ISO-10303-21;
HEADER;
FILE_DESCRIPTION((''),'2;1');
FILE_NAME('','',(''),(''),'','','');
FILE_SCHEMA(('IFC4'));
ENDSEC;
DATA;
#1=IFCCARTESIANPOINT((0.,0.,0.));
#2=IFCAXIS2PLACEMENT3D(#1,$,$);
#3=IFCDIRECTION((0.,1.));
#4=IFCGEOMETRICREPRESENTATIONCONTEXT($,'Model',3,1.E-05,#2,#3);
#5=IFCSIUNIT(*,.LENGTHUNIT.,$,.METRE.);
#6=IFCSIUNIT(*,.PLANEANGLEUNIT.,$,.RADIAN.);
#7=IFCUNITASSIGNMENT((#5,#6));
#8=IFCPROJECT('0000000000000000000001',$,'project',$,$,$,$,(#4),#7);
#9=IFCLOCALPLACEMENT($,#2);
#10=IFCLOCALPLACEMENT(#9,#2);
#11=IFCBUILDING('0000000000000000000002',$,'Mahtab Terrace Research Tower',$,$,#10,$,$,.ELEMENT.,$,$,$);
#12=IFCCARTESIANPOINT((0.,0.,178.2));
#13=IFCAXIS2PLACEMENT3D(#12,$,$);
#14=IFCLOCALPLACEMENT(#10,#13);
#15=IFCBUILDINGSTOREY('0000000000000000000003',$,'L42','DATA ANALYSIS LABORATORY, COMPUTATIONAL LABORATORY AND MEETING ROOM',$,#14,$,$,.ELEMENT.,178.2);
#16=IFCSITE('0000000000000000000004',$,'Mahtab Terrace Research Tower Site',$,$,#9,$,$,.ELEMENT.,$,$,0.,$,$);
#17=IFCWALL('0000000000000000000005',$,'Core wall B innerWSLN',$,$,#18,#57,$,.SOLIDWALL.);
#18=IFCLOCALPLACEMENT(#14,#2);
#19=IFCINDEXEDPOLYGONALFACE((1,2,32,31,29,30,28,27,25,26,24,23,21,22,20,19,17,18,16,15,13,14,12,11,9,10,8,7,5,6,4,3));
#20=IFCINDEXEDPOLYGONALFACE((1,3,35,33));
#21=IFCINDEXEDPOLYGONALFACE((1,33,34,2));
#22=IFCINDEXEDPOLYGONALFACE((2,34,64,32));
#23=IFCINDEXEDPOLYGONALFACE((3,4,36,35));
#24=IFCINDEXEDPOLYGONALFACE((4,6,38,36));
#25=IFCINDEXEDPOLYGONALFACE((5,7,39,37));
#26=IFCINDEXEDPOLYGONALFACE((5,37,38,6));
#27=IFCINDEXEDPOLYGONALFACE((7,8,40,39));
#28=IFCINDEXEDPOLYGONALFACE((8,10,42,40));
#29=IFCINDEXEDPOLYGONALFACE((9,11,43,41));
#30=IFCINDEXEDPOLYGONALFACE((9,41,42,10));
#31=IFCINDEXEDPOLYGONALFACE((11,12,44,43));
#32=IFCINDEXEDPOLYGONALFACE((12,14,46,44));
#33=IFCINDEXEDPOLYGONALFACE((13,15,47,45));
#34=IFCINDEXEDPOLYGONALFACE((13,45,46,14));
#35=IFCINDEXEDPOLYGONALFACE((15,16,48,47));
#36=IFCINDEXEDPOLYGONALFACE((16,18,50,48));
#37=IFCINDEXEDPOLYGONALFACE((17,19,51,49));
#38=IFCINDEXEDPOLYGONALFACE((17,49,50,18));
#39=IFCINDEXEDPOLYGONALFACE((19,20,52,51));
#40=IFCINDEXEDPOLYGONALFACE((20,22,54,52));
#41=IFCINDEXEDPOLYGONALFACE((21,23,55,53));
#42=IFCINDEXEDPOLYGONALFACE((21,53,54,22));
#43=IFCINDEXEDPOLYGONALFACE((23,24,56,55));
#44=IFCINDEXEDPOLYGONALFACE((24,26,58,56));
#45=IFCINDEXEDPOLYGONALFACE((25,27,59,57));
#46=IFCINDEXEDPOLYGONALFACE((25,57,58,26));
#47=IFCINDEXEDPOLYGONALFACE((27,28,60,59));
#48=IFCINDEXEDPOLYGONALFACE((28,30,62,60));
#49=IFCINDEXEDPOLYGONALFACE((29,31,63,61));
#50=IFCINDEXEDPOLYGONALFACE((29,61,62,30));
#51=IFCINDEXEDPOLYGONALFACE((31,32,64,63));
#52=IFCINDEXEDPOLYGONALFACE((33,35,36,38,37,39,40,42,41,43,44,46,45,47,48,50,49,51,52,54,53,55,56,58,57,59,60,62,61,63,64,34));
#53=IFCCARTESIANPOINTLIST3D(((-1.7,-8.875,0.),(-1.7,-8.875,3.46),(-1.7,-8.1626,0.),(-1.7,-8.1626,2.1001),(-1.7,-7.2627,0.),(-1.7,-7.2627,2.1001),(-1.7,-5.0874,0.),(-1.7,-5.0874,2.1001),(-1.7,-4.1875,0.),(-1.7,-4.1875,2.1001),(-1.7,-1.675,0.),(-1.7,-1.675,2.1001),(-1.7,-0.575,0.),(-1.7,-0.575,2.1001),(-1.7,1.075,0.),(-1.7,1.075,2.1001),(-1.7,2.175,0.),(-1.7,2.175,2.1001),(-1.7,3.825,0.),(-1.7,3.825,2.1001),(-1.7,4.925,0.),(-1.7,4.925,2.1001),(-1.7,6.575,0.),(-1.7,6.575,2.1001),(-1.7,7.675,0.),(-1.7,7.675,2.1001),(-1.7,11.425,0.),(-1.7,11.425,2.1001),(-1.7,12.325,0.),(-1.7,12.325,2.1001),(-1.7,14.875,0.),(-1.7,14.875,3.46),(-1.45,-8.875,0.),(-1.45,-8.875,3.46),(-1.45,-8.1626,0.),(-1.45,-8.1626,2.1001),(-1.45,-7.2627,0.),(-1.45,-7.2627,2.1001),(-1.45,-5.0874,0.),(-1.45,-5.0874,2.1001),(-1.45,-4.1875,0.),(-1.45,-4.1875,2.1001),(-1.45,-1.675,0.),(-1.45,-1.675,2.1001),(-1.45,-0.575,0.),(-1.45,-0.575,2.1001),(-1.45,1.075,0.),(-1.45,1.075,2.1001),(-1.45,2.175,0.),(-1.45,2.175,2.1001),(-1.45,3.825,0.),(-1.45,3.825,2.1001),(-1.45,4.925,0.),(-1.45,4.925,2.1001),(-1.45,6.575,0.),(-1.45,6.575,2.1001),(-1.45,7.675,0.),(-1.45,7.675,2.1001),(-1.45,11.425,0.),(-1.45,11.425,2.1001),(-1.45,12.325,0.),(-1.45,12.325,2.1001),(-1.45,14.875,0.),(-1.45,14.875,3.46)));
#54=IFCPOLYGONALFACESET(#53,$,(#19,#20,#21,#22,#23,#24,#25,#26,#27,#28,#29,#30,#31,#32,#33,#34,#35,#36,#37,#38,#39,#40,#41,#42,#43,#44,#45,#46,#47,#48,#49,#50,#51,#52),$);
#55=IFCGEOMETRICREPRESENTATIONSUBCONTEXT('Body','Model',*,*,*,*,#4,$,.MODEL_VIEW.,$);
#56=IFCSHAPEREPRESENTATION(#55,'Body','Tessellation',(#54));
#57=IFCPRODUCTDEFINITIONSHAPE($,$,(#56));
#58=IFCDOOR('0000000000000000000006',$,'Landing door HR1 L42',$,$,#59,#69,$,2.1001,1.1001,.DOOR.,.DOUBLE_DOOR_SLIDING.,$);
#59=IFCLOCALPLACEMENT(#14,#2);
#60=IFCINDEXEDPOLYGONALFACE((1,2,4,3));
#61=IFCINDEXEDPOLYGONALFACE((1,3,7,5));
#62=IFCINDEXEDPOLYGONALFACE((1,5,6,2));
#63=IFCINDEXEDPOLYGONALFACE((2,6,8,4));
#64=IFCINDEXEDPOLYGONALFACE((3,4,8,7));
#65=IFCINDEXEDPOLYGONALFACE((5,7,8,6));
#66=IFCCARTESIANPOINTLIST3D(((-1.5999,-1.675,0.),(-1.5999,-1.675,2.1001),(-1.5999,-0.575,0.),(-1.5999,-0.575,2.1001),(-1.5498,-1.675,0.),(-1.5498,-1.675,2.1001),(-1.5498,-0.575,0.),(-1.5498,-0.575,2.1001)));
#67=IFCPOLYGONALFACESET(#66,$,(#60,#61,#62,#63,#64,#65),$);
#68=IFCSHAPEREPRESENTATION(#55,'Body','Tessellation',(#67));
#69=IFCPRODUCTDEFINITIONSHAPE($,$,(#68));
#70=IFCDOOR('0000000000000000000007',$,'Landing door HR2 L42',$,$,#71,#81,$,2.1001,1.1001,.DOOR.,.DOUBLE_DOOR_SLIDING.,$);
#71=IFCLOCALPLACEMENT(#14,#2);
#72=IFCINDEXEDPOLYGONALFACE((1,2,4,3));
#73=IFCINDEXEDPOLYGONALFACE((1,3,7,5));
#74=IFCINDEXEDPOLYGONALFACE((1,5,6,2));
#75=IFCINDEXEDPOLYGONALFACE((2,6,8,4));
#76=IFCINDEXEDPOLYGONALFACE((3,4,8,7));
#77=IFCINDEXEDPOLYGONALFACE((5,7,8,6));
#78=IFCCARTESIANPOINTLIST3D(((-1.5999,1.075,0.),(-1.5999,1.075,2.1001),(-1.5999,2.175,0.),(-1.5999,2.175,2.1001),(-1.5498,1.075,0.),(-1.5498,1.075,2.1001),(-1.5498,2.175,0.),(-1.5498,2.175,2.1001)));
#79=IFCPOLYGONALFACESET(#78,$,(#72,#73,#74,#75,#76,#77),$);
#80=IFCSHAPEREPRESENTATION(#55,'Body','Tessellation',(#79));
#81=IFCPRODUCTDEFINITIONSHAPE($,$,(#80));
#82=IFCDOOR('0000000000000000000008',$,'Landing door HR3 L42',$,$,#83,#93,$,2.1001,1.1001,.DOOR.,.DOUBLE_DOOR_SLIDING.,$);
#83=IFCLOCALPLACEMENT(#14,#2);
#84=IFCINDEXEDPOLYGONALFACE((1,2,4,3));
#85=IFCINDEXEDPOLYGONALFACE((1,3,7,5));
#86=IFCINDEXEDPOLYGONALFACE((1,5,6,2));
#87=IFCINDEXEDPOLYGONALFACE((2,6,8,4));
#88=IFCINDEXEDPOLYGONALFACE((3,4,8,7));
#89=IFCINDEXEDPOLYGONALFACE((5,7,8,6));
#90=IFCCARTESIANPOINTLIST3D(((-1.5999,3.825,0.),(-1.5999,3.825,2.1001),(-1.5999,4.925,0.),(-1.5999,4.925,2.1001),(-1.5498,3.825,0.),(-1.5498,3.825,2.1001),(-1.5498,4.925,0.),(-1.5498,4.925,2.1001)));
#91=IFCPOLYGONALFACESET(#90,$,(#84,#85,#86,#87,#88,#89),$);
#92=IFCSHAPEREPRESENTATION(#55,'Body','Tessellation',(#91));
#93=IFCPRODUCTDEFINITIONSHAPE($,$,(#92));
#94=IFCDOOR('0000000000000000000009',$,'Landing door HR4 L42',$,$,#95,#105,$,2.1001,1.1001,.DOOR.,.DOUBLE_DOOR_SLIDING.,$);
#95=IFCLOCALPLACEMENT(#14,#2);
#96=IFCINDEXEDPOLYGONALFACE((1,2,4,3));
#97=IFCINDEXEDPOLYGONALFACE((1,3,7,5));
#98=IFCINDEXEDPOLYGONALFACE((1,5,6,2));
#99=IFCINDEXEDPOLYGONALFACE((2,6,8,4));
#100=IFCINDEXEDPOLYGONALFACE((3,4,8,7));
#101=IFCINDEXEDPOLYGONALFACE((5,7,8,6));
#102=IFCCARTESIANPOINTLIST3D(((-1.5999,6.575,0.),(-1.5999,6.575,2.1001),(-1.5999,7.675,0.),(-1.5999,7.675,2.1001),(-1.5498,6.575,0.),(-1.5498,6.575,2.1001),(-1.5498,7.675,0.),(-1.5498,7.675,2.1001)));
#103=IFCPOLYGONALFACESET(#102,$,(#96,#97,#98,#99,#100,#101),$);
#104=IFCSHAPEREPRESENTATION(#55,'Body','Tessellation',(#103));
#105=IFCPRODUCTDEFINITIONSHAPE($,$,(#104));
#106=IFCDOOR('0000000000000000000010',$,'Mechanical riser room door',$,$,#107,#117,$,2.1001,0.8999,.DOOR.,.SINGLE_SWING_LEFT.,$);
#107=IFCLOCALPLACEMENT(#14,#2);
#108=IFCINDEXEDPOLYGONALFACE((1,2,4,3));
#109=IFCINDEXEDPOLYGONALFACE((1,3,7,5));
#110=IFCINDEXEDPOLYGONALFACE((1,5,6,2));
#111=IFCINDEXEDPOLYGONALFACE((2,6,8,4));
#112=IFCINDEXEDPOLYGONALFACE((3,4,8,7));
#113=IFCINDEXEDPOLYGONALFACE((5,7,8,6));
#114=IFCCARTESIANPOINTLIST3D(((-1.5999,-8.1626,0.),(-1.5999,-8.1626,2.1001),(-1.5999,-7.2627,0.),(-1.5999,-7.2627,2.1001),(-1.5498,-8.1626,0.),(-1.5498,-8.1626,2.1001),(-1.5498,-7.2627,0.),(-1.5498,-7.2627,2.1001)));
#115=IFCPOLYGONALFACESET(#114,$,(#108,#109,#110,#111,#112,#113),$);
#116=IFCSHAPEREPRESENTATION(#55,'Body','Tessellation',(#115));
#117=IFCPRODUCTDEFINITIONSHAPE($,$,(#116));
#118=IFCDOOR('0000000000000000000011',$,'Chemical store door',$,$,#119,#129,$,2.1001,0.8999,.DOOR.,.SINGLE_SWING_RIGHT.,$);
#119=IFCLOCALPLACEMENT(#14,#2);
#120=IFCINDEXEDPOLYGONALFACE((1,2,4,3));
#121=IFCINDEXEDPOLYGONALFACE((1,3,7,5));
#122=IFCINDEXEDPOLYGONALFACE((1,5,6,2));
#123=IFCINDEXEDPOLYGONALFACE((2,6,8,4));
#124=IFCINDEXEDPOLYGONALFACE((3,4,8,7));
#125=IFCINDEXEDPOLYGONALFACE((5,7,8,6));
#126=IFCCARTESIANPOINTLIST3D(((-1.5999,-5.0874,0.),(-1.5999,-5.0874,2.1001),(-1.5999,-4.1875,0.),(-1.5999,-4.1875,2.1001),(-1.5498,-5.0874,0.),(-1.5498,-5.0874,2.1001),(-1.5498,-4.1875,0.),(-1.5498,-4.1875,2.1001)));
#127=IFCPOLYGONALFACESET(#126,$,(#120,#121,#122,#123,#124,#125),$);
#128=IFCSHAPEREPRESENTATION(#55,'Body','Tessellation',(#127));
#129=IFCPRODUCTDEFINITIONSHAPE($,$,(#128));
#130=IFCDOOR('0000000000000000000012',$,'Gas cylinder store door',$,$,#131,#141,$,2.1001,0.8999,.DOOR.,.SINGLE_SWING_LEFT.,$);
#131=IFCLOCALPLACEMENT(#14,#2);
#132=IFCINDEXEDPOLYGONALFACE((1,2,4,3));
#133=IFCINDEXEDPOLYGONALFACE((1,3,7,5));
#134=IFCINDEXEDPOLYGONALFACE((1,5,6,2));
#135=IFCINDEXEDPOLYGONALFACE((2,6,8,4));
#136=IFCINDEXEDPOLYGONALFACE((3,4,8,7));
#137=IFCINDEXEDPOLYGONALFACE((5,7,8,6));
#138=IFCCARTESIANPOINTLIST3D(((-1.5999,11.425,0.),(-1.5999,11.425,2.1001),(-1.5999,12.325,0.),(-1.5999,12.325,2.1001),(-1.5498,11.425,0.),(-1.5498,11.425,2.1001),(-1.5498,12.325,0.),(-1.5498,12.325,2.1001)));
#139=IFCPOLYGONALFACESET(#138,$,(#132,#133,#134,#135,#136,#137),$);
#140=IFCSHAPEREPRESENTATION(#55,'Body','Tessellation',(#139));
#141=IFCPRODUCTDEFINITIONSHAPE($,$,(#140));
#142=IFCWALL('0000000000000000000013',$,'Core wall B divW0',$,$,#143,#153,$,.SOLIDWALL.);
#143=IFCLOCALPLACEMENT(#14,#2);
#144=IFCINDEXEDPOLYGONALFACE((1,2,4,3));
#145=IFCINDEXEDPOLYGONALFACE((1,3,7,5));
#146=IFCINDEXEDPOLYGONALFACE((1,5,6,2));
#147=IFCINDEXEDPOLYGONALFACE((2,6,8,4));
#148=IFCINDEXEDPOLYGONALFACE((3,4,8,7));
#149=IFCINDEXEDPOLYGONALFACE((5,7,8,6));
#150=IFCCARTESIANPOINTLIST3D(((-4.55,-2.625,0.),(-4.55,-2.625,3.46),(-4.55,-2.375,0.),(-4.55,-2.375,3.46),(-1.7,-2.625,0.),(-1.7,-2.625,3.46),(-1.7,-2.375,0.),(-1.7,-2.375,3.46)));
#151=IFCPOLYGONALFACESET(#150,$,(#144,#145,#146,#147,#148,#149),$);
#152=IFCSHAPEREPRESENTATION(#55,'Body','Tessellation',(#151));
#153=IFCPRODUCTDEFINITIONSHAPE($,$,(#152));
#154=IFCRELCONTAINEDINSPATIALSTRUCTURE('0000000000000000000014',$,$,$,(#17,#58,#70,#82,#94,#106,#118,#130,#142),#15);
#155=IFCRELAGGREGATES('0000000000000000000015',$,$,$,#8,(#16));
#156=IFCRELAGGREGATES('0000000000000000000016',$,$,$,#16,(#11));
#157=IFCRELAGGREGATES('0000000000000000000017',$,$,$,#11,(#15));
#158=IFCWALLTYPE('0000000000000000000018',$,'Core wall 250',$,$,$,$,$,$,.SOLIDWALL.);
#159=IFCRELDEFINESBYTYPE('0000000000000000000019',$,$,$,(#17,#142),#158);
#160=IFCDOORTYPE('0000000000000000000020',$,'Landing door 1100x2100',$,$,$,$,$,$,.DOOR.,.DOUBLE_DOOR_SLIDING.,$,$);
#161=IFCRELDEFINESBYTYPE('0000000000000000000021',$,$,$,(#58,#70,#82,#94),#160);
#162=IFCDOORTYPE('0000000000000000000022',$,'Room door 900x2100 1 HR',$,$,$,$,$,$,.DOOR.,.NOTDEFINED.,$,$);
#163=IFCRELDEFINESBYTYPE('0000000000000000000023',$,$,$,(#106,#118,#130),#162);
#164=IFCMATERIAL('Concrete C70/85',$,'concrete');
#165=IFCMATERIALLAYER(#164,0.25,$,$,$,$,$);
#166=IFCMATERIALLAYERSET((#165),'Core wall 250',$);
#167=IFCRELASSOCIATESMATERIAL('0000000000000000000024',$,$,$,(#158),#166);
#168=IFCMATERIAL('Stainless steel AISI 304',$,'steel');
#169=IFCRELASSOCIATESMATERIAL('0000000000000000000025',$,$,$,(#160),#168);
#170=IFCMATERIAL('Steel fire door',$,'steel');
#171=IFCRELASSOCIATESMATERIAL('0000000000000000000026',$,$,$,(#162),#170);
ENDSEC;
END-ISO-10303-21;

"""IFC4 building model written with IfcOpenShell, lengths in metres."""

from ifc_helpers import new_model, si_unit, direction, frame, frame_2d, origin, place, context, subcontext, project, spatial, rectangle, extrude, material, layer, layer_set, type_object, element, fill, save


model = new_model("IFC4")

# Units and contexts
model_context = context("Model", 3, precision=1e-05, world=origin(), true_north=direction((0.0, 1.0)))
body_context = subcontext(model_context, "Body", "Model", "MODEL_VIEW")
ifc_project = project(units=[si_unit("LENGTHUNIT", "METRE"), si_unit("PLANEANGLEUNIT", "RADIAN")], contexts=[model_context])

# Site, building, storey
site_placement = place(None, origin())
site = spatial("IfcSite", under=ifc_project, at=site_placement, Name="Mahtab Terrace Research Tower Site", CompositionType="ELEMENT", RefElevation=0.0)
building_placement = place(site_placement, origin())
building = spatial("IfcBuilding", under=site, at=building_placement, Name="Mahtab Terrace Research Tower", CompositionType="ELEMENT")
storey_placement = place(building_placement, frame((0.0, 0.0, 178.2)))
storey = spatial("IfcBuildingStorey", under=building, at=storey_placement, Name="L42", Description="DATA ANALYSIS LABORATORY, COMPUTATIONAL LABORATORY AND MEETING ROOM", CompositionType="ELEMENT", Elevation=178.2)

# Shared definitions
ifc_material_1 = material(Name="Concrete C70/85", Category="concrete")

# Wall, openings, doors
ifc_layer_1 = layer(ifc_material_1, 0.25)
ifc_layer_set_1 = layer_set([ifc_layer_1], Name="Core wall 250")
wall_type_1 = type_object("IfcWallType", Name="Core wall 250", PredefinedType="SOLIDWALL", material=ifc_layer_set_1)
wall_1_placement = place(storey_placement, frame((-1.575, -8.875, 0.0), z_axis=(0.0, 0.0, 1.0), x_axis=(0.0, 1.0, 0.0)))
wall_1 = element("IfcWall", 1, at=wall_1_placement, inside=storey, type_object=wall_type_1, Name="Core wall B innerWSLN", PredefinedType="SOLIDWALL", context=body_context, shape_type="SweptSolid", body=[
    extrude(rectangle(XDim=23.75, YDim=0.25, at=frame_2d((11.875, 0.0))), origin(), (0.0, 0.0, 1.0), 3.46),
])
opening_1_placement = place(wall_1_placement, frame((7.2, 0.0, 0.0)))
opening_1 = element("IfcOpeningElement", 2, at=opening_1_placement, cuts=wall_1, PredefinedType="OPENING", context=body_context, shape_type="SweptSolid", body=[
    extrude(rectangle(XDim=1.1001, YDim=2.1001, at=frame_2d((0.55, 1.05))), frame((0.0, 0.135, 0.0), z_axis=(0.0, -1.0, 0.0), x_axis=(1.0, 0.0, 0.0)), (0.0, 0.0, 1.0), 0.27),
])
opening_2_placement = place(wall_1_placement, frame((9.95, 0.0, 0.0)))
opening_2 = element("IfcOpeningElement", 3, at=opening_2_placement, cuts=wall_1, PredefinedType="OPENING", context=body_context, shape_type="SweptSolid", body=[
    extrude(rectangle(XDim=1.1001, YDim=2.1001, at=frame_2d((0.55, 1.05))), frame((0.0, 0.135, 0.0), z_axis=(0.0, -1.0, 0.0), x_axis=(1.0, 0.0, 0.0)), (0.0, 0.0, 1.0), 0.27),
])
opening_3_placement = place(wall_1_placement, frame((12.7, 0.0, 0.0)))
opening_3 = element("IfcOpeningElement", 4, at=opening_3_placement, cuts=wall_1, PredefinedType="OPENING", context=body_context, shape_type="SweptSolid", body=[
    extrude(rectangle(XDim=1.1001, YDim=2.1001, at=frame_2d((0.55, 1.05))), frame((0.0, 0.135, 0.0), z_axis=(0.0, -1.0, 0.0), x_axis=(1.0, 0.0, 0.0)), (0.0, 0.0, 1.0), 0.27),
])
opening_4_placement = place(wall_1_placement, frame((15.45, 0.0, 0.0)))
opening_4 = element("IfcOpeningElement", 5, at=opening_4_placement, cuts=wall_1, PredefinedType="OPENING", context=body_context, shape_type="SweptSolid", body=[
    extrude(rectangle(XDim=1.1001, YDim=2.1001, at=frame_2d((0.55, 1.05))), frame((0.0, 0.135, 0.0), z_axis=(0.0, -1.0, 0.0), x_axis=(1.0, 0.0, 0.0)), (0.0, 0.0, 1.0), 0.27),
])
opening_5_placement = place(wall_1_placement, frame((0.7124, 0.0, 0.0)))
opening_5 = element("IfcOpeningElement", 6, at=opening_5_placement, cuts=wall_1, PredefinedType="OPENING", context=body_context, shape_type="SweptSolid", body=[
    extrude(rectangle(XDim=0.8999, YDim=2.1001, at=frame_2d((0.45, 1.05))), frame((0.0, 0.135, 0.0), z_axis=(0.0, -1.0, 0.0), x_axis=(1.0, 0.0, 0.0)), (0.0, 0.0, 1.0), 0.27),
])
opening_6_placement = place(wall_1_placement, frame((3.7876, 0.0, 0.0)))
opening_6 = element("IfcOpeningElement", 7, at=opening_6_placement, cuts=wall_1, PredefinedType="OPENING", context=body_context, shape_type="SweptSolid", body=[
    extrude(rectangle(XDim=0.8999, YDim=2.1001, at=frame_2d((0.45, 1.05))), frame((0.0, 0.135, 0.0), z_axis=(0.0, -1.0, 0.0), x_axis=(1.0, 0.0, 0.0)), (0.0, 0.0, 1.0), 0.27),
])
opening_7_placement = place(wall_1_placement, frame((20.3, 0.0, 0.0)))
opening_7 = element("IfcOpeningElement", 8, at=opening_7_placement, cuts=wall_1, PredefinedType="OPENING", context=body_context, shape_type="SweptSolid", body=[
    extrude(rectangle(XDim=0.8999, YDim=2.1001, at=frame_2d((0.45, 1.05))), frame((0.0, 0.135, 0.0), z_axis=(0.0, -1.0, 0.0), x_axis=(1.0, 0.0, 0.0)), (0.0, 0.0, 1.0), 0.27),
])
ifc_material_2 = material(Name="Stainless steel AISI 304", Category="steel")
door_type_1 = type_object("IfcDoorType", Name="Landing door 1100x2100", OperationType="DOUBLE_DOOR_SLIDING", PredefinedType="DOOR", material=ifc_material_2)
door_1_placement = place(opening_1_placement, origin())
door_1 = element("IfcDoor", 9, at=door_1_placement, inside=storey, type_object=door_type_1, Name="Landing door HR1 L42", OperationType="DOUBLE_DOOR_SLIDING", OverallHeight=2.1001, OverallWidth=1.1001, PredefinedType="DOOR", context=body_context, shape_type="SweptSolid", body=[
    extrude(rectangle(XDim=1.1001, YDim=2.1001, at=frame_2d((0.55, 1.05))), frame((0.0, 0.0249, 0.0), z_axis=(0.0, -1.0, 0.0), x_axis=(1.0, 0.0, 0.0)), (0.0, 0.0, 1.0), 0.05),
])
fill(opening_1, door_1)
door_2_placement = place(opening_2_placement, origin())
door_2 = element("IfcDoor", 10, at=door_2_placement, inside=storey, type_object=door_type_1, Name="Landing door HR2 L42", OperationType="DOUBLE_DOOR_SLIDING", OverallHeight=2.1001, OverallWidth=1.1001, PredefinedType="DOOR", context=body_context, shape_type="SweptSolid", body=[
    extrude(rectangle(XDim=1.1001, YDim=2.1001, at=frame_2d((0.55, 1.05))), frame((0.0, 0.0249, 0.0), z_axis=(0.0, -1.0, 0.0), x_axis=(1.0, 0.0, 0.0)), (0.0, 0.0, 1.0), 0.05),
])
fill(opening_2, door_2)
door_3_placement = place(opening_3_placement, origin())
door_3 = element("IfcDoor", 11, at=door_3_placement, inside=storey, type_object=door_type_1, Name="Landing door HR3 L42", OperationType="DOUBLE_DOOR_SLIDING", OverallHeight=2.1001, OverallWidth=1.1001, PredefinedType="DOOR", context=body_context, shape_type="SweptSolid", body=[
    extrude(rectangle(XDim=1.1001, YDim=2.1001, at=frame_2d((0.55, 1.05))), frame((0.0, 0.0249, 0.0), z_axis=(0.0, -1.0, 0.0), x_axis=(1.0, 0.0, 0.0)), (0.0, 0.0, 1.0), 0.05),
])
fill(opening_3, door_3)
door_4_placement = place(opening_4_placement, origin())
door_4 = element("IfcDoor", 12, at=door_4_placement, inside=storey, type_object=door_type_1, Name="Landing door HR4 L42", OperationType="DOUBLE_DOOR_SLIDING", OverallHeight=2.1001, OverallWidth=1.1001, PredefinedType="DOOR", context=body_context, shape_type="SweptSolid", body=[
    extrude(rectangle(XDim=1.1001, YDim=2.1001, at=frame_2d((0.55, 1.05))), frame((0.0, 0.0249, 0.0), z_axis=(0.0, -1.0, 0.0), x_axis=(1.0, 0.0, 0.0)), (0.0, 0.0, 1.0), 0.05),
])
fill(opening_4, door_4)
ifc_material_3 = material(Name="Steel fire door", Category="steel")
door_type_2 = type_object("IfcDoorType", Name="Room door 900x2100 1 HR", OperationType="NOTDEFINED", PredefinedType="DOOR", material=ifc_material_3)
door_5_placement = place(opening_5_placement, origin())
door_5 = element("IfcDoor", 13, at=door_5_placement, inside=storey, type_object=door_type_2, Name="Mechanical riser room door", OperationType="SINGLE_SWING_LEFT", OverallHeight=2.1001, OverallWidth=0.8999, PredefinedType="DOOR", context=body_context, shape_type="SweptSolid", body=[
    extrude(rectangle(XDim=0.8999, YDim=2.1001, at=frame_2d((0.45, 1.05))), frame((0.0, 0.0249, 0.0), z_axis=(0.0, -1.0, 0.0), x_axis=(1.0, 0.0, 0.0)), (0.0, 0.0, 1.0), 0.05),
])
fill(opening_5, door_5)
door_6_placement = place(opening_6_placement, origin())
door_6 = element("IfcDoor", 14, at=door_6_placement, inside=storey, type_object=door_type_2, Name="Chemical store door", OperationType="SINGLE_SWING_RIGHT", OverallHeight=2.1001, OverallWidth=0.8999, PredefinedType="DOOR", context=body_context, shape_type="SweptSolid", body=[
    extrude(rectangle(XDim=0.8999, YDim=2.1001, at=frame_2d((0.45, 1.05))), frame((0.0, 0.0249, 0.0), z_axis=(0.0, -1.0, 0.0), x_axis=(1.0, 0.0, 0.0)), (0.0, 0.0, 1.0), 0.05),
])
fill(opening_6, door_6)
door_7_placement = place(opening_7_placement, origin())
door_7 = element("IfcDoor", 15, at=door_7_placement, inside=storey, type_object=door_type_2, Name="Gas cylinder store door", OperationType="SINGLE_SWING_LEFT", OverallHeight=2.1001, OverallWidth=0.8999, PredefinedType="DOOR", context=body_context, shape_type="SweptSolid", body=[
    extrude(rectangle(XDim=0.8999, YDim=2.1001, at=frame_2d((0.45, 1.05))), frame((0.0, 0.0249, 0.0), z_axis=(0.0, -1.0, 0.0), x_axis=(1.0, 0.0, 0.0)), (0.0, 0.0, 1.0), 0.05),
])
fill(opening_7, door_7)

# Wall
wall_2_placement = place(storey_placement, frame((-4.55, -2.5, 0.0), z_axis=(0.0, 0.0, 1.0), x_axis=(1.0, 0.0, 0.0)))
element("IfcWall", 16, at=wall_2_placement, inside=storey, type_object=wall_type_1, Name="Core wall B divW0", PredefinedType="SOLIDWALL", context=body_context, shape_type="SweptSolid", body=[
    extrude(rectangle(XDim=2.8501, YDim=0.25, at=frame_2d((1.425, 0.0))), origin(), (0.0, 0.0, 1.0), 3.46),
])

save(model, "model.ifc")
